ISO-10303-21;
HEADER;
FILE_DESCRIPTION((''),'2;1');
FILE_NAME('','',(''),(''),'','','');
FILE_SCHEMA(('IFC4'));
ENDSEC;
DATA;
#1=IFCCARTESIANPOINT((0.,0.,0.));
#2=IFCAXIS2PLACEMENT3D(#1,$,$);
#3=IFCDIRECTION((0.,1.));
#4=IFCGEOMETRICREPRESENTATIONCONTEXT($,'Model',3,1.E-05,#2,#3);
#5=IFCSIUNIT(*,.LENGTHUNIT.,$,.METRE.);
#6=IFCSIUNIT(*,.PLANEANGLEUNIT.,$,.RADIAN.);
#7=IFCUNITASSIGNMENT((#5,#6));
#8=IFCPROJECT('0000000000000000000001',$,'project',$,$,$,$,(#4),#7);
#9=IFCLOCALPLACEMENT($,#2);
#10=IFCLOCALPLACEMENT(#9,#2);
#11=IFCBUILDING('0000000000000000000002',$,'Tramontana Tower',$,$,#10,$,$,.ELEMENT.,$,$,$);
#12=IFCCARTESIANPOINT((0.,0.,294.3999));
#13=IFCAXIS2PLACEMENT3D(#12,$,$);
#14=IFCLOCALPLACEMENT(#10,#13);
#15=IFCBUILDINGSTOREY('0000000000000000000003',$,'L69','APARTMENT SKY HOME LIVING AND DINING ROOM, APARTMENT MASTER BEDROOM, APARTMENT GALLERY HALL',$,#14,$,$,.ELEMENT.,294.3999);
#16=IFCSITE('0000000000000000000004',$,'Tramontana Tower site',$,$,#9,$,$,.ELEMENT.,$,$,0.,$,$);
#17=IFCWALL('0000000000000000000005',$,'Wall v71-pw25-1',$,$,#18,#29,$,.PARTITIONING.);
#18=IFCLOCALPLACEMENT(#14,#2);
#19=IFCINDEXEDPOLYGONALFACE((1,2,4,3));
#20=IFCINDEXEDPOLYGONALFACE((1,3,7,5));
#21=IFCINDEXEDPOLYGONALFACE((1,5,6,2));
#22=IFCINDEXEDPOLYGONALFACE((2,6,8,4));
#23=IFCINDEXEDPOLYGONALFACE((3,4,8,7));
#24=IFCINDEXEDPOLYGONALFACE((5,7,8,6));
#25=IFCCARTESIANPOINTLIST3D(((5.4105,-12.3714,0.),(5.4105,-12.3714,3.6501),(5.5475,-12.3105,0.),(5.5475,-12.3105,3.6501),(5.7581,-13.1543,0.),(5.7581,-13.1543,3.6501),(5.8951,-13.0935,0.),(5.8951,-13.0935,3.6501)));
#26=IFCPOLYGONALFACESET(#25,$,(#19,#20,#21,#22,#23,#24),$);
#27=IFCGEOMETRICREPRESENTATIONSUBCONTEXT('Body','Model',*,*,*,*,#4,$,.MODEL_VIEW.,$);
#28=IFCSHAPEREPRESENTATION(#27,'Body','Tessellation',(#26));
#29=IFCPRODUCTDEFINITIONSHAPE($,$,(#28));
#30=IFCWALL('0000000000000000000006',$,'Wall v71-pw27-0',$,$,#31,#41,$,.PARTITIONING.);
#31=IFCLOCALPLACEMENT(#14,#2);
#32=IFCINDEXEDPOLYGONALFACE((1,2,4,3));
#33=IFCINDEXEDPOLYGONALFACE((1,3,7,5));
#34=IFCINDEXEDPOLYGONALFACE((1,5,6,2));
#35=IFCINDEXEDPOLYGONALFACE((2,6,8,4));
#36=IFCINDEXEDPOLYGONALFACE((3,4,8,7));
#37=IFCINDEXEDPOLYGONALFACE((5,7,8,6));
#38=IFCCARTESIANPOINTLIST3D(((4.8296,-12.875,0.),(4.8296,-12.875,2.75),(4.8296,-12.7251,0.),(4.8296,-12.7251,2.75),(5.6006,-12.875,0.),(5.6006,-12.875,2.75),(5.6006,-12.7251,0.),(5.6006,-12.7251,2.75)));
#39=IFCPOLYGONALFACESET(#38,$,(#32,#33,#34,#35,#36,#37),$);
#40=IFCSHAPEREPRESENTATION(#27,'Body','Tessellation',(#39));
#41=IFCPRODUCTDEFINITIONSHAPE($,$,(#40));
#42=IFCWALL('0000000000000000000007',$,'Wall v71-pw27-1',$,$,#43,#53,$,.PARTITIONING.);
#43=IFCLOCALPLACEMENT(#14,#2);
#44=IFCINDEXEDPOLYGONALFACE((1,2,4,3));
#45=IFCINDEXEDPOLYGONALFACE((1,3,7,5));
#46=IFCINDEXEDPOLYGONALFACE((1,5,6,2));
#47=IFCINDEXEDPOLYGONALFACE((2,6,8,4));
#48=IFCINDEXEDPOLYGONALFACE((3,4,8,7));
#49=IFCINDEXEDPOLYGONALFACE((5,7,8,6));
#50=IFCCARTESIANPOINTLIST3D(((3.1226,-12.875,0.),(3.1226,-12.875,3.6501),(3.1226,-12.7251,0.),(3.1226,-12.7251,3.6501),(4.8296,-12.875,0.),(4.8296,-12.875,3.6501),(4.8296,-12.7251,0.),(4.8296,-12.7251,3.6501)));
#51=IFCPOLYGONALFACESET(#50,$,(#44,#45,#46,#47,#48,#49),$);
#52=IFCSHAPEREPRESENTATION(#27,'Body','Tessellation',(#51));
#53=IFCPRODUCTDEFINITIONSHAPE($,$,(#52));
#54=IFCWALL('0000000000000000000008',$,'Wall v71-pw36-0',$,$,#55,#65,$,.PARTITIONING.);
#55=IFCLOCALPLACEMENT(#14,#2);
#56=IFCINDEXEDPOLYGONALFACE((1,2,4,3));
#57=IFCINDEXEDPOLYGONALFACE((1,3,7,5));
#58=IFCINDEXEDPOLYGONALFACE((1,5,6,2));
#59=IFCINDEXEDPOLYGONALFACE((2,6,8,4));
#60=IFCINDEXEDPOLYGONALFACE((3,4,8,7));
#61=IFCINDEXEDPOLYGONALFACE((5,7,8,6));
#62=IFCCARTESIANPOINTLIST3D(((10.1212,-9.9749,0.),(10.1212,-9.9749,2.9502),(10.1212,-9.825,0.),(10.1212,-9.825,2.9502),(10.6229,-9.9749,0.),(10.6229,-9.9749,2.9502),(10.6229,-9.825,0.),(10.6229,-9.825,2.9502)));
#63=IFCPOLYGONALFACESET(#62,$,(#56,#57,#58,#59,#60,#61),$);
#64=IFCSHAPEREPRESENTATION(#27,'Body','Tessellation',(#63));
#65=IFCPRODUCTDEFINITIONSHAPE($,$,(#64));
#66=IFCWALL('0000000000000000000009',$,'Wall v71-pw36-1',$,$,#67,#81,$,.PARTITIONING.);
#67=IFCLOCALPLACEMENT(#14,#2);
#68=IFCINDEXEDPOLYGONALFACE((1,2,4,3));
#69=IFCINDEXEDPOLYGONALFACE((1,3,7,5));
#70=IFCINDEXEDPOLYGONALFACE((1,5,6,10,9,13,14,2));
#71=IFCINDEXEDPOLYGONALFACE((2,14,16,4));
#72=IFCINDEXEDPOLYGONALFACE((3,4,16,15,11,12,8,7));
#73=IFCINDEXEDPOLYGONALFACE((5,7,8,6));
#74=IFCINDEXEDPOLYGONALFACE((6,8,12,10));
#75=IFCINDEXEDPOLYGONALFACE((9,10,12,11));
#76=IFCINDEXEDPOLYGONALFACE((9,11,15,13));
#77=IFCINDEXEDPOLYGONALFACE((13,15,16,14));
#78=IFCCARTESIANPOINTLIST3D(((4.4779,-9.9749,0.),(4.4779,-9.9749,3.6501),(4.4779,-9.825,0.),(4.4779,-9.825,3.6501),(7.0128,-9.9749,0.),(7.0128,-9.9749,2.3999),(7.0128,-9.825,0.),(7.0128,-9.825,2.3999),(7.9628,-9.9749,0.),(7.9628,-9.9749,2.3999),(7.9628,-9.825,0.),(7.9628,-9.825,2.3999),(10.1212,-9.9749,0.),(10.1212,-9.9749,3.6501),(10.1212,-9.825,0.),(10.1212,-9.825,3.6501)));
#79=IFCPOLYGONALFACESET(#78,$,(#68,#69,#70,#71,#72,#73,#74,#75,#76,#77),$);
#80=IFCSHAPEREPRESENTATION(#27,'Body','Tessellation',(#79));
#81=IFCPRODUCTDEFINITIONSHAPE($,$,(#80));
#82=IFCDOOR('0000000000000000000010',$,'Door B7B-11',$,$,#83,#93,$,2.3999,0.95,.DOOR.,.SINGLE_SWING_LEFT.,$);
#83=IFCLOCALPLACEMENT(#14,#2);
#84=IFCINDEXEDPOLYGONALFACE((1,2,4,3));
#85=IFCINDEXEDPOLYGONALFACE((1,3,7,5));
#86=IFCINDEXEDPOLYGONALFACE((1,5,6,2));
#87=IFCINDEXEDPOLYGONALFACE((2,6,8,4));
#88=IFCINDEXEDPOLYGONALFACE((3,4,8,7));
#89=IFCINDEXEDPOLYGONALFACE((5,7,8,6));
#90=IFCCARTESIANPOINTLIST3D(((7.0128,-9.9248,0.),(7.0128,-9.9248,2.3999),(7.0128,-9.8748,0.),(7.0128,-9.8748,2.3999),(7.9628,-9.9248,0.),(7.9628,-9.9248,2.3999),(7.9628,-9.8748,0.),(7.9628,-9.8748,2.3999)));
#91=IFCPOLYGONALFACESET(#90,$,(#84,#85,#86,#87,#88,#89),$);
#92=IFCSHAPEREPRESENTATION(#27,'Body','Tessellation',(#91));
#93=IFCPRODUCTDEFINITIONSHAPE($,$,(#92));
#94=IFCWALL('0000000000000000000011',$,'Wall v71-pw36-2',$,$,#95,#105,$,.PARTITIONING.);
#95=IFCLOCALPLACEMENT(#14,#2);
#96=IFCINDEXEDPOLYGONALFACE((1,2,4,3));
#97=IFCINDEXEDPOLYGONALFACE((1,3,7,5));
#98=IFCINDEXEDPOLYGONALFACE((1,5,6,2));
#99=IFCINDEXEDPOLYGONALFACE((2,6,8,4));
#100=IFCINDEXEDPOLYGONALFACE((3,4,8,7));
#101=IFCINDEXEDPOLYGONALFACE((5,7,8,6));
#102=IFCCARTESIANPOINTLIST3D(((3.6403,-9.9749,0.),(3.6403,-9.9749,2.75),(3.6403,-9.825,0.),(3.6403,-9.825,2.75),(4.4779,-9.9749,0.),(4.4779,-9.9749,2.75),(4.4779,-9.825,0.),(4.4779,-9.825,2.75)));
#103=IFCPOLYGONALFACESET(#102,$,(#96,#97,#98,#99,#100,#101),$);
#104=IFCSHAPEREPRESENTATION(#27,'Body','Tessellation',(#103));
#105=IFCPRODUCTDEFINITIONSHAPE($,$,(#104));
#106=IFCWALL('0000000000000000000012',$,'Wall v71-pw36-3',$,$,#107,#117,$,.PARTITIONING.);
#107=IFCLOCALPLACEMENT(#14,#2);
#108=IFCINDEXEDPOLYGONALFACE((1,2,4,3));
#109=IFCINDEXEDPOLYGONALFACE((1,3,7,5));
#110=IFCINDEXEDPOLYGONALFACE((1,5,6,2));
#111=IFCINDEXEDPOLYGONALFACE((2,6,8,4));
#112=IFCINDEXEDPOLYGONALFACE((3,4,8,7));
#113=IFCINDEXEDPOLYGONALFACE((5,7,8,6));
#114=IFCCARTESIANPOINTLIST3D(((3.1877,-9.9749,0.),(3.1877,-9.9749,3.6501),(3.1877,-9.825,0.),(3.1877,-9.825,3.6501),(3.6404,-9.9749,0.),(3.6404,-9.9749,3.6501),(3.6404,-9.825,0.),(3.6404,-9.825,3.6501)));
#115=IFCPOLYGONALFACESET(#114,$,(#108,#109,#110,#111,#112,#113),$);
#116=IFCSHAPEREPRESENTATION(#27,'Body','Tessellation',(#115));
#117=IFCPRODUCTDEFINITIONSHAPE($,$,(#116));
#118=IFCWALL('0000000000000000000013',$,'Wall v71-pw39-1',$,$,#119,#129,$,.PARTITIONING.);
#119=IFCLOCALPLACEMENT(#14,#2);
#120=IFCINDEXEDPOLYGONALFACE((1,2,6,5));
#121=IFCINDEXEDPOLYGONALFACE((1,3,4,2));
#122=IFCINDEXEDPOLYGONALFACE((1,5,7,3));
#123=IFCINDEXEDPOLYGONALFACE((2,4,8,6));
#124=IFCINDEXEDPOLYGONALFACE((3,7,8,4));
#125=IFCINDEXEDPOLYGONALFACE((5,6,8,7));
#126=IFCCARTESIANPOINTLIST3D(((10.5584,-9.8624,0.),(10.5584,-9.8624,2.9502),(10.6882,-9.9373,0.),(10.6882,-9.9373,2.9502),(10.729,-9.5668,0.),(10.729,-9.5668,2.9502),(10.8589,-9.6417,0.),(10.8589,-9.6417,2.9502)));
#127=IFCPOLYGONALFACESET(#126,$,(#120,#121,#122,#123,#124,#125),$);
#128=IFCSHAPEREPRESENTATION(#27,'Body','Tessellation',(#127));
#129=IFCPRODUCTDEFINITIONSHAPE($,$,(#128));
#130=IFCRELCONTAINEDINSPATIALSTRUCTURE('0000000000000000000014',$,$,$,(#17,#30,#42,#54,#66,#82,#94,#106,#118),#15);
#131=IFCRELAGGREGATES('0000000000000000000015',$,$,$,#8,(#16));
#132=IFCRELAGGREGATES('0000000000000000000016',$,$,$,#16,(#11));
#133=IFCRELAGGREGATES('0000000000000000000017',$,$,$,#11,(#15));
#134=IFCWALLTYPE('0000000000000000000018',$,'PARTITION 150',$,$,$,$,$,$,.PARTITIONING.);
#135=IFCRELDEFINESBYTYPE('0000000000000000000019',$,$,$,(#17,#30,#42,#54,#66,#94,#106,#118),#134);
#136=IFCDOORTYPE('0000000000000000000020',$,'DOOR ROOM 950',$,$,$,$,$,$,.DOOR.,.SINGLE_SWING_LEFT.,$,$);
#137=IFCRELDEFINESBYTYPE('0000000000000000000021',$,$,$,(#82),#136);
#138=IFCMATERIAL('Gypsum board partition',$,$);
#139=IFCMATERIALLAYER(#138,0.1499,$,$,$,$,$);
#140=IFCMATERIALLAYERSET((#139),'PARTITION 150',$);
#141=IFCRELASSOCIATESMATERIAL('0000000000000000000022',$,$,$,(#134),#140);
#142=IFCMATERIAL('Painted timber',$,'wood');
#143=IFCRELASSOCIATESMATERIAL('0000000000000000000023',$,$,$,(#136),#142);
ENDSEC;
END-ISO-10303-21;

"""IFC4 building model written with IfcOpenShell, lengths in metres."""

from ifc_helpers import new_model, si_unit, direction, frame, frame_2d, origin, place, context, subcontext, project, spatial, rectangle, extrude, material, layer, layer_set, type_object, element, fill, save


model = new_model("IFC4")

# Units and contexts
model_context = context("Model", 3, precision=1e-05, world=origin(), true_north=direction((0.0, 1.0)))
body_context = subcontext(model_context, "Body", "Model", "MODEL_VIEW")
ifc_project = project(units=[si_unit("LENGTHUNIT", "METRE"), si_unit("PLANEANGLEUNIT", "RADIAN")], contexts=[model_context])

# Site, building, storey
site_placement = place(None, origin())
site = spatial("IfcSite", under=ifc_project, at=site_placement, Name="Tramontana Tower site", CompositionType="ELEMENT", RefElevation=0.0)
building_placement = place(site_placement, origin())
building = spatial("IfcBuilding", under=site, at=building_placement, Name="Tramontana Tower", CompositionType="ELEMENT")
storey_placement = place(building_placement, frame((0.0, 0.0, 294.3999)))
storey = spatial("IfcBuildingStorey", under=building, at=storey_placement, Name="L69", Description="APARTMENT SKY HOME LIVING AND DINING ROOM, APARTMENT MASTER BEDROOM, APARTMENT GALLERY HALL", CompositionType="ELEMENT", Elevation=294.3999)

# Shared definitions
ifc_material_1 = material(Name="Gypsum board partition")
ifc_layer_1 = layer(ifc_material_1, 0.1499)
ifc_layer_set_1 = layer_set([ifc_layer_1], Name="PARTITION 150")
wall_type_1 = type_object("IfcWallType", Name="PARTITION 150", PredefinedType="PARTITIONING", material=ifc_layer_set_1)

# Shared definitions
ifc_material_2 = material(Name="Painted timber", Category="wood")
door_type_1 = type_object("IfcDoorType", Name="DOOR ROOM 950", OperationType="SINGLE_SWING_LEFT", PredefinedType="DOOR", material=ifc_material_2)

# Walls
wall_1_placement = place(storey_placement, frame((5.479, -12.3411, 0.0), z_axis=(0.0, 0.0, 1.0), x_axis=(0.405821, -0.913953, 0.0)))
element("IfcWall", 1, at=wall_1_placement, inside=storey, type_object=wall_type_1, Name="Wall v71-pw25-1", PredefinedType="PARTITIONING", context=body_context, shape_type="SweptSolid", body=[
    extrude(rectangle(XDim=0.8567, YDim=0.1499, at=frame_2d((0.4282, 0.0))), origin(), (0.0, 0.0, 1.0), 3.6501),
])
wall_2_placement = place(storey_placement, frame((5.6006, -12.8, 0.0), z_axis=(0.0, 0.0, 1.0), x_axis=(-1.0, 0.0, 0.0)))
element("IfcWall", 2, at=wall_2_placement, inside=storey, type_object=wall_type_1, Name="Wall v71-pw27-0", PredefinedType="PARTITIONING", context=body_context, shape_type="SweptSolid", body=[
    extrude(rectangle(XDim=0.771, YDim=0.1499, at=frame_2d((0.3855, 0.0))), origin(), (0.0, 0.0, 1.0), 2.75),
])
wall_3_placement = place(storey_placement, frame((4.8296, -12.8, 0.0), z_axis=(0.0, 0.0, 1.0), x_axis=(-1.0, 0.0, 0.0)))
element("IfcWall", 3, at=wall_3_placement, inside=storey, type_object=wall_type_1, Name="Wall v71-pw27-1", PredefinedType="PARTITIONING", context=body_context, shape_type="SweptSolid", body=[
    extrude(rectangle(XDim=1.707, YDim=0.1499, at=frame_2d((0.8535, 0.0))), origin(), (0.0, 0.0, 1.0), 3.6501),
])
wall_4_placement = place(storey_placement, frame((10.623, -9.8999, 0.0), z_axis=(0.0, 0.0, 1.0), x_axis=(-1.0, 0.0, 0.0)))
element("IfcWall", 4, at=wall_4_placement, inside=storey, type_object=wall_type_1, Name="Wall v71-pw36-0", PredefinedType="PARTITIONING", context=body_context, shape_type="SweptSolid", body=[
    extrude(rectangle(XDim=0.5017, YDim=0.1499, at=frame_2d((0.251, 0.0))), origin(), (0.0, 0.0, 1.0), 2.9502),
])

# Wall, opening, door
wall_5_placement = place(storey_placement, frame((10.1213, -9.8999, 0.0), z_axis=(0.0, 0.0, 1.0), x_axis=(-1.0, 0.0, 0.0)))
wall_5 = element("IfcWall", 5, at=wall_5_placement, inside=storey, type_object=wall_type_1, Name="Wall v71-pw36-1", PredefinedType="PARTITIONING", context=body_context, shape_type="SweptSolid", body=[
    extrude(rectangle(XDim=5.6433, YDim=0.1499, at=frame_2d((2.8218, 0.0))), origin(), (0.0, 0.0, 1.0), 3.6501),
])
opening_1_placement = place(wall_5_placement, frame((2.1584, 0.0, 0.0)))
opening_1 = element("IfcOpeningElement", 6, at=opening_1_placement, cuts=wall_5, PredefinedType="OPENING", context=body_context, shape_type="SweptSolid", body=[
    extrude(rectangle(XDim=0.95, YDim=2.3999, at=frame_2d((0.4751, 1.2))), frame((0.0, 0.085, 0.0), z_axis=(0.0, -1.0, 0.0), x_axis=(1.0, 0.0, 0.0)), (0.0, 0.0, 1.0), 0.1699),
])
door_1_placement = place(opening_1_placement, origin())
door_1 = element("IfcDoor", 7, at=door_1_placement, inside=storey, type_object=door_type_1, Name="Door B7B-11", OperationType="SINGLE_SWING_LEFT", OverallHeight=2.3999, OverallWidth=0.95, PredefinedType="DOOR", context=body_context, shape_type="SweptSolid", body=[
    extrude(rectangle(XDim=0.95, YDim=2.3999, at=frame_2d((0.4751, 1.2))), frame((0.0, 0.0249, 0.0), z_axis=(0.0, -1.0, 0.0), x_axis=(1.0, 0.0, 0.0)), (0.0, 0.0, 1.0), 0.05),
])
fill(opening_1, door_1)

# Walls
wall_6_placement = place(storey_placement, frame((4.478, -9.8999, 0.0), z_axis=(0.0, 0.0, 1.0), x_axis=(-1.0, 0.0, 0.0)))
element("IfcWall", 8, at=wall_6_placement, inside=storey, type_object=wall_type_1, Name="Wall v71-pw36-2", PredefinedType="PARTITIONING", context=body_context, shape_type="SweptSolid", body=[
    extrude(rectangle(XDim=0.8376, YDim=0.1499, at=frame_2d((0.4189, 0.0))), origin(), (0.0, 0.0, 1.0), 2.75),
])
wall_7_placement = place(storey_placement, frame((3.6404, -9.8999, 0.0), z_axis=(0.0, 0.0, 1.0), x_axis=(-1.0, 0.0, 0.0)))
element("IfcWall", 9, at=wall_7_placement, inside=storey, type_object=wall_type_1, Name="Wall v71-pw36-3", PredefinedType="PARTITIONING", context=body_context, shape_type="SweptSolid", body=[
    extrude(rectangle(XDim=0.4526, YDim=0.1499, at=frame_2d((0.2263, 0.0))), origin(), (0.0, 0.0, 1.0), 3.6501),
])
wall_8_placement = place(storey_placement, frame((10.7939, -9.6042, 0.0), z_axis=(0.0, 0.0, 1.0), x_axis=(-0.499908, -0.866078, 0.0)))
element("IfcWall", 10, at=wall_8_placement, inside=storey, type_object=wall_type_1, Name="Wall v71-pw39-1", PredefinedType="PARTITIONING", context=body_context, shape_type="SweptSolid", body=[
    extrude(rectangle(XDim=0.3413, YDim=0.1499, at=frame_2d((0.1707, 0.0))), origin(), (0.0, 0.0, 1.0), 2.9502),
])

save(model, "model.ifc")
